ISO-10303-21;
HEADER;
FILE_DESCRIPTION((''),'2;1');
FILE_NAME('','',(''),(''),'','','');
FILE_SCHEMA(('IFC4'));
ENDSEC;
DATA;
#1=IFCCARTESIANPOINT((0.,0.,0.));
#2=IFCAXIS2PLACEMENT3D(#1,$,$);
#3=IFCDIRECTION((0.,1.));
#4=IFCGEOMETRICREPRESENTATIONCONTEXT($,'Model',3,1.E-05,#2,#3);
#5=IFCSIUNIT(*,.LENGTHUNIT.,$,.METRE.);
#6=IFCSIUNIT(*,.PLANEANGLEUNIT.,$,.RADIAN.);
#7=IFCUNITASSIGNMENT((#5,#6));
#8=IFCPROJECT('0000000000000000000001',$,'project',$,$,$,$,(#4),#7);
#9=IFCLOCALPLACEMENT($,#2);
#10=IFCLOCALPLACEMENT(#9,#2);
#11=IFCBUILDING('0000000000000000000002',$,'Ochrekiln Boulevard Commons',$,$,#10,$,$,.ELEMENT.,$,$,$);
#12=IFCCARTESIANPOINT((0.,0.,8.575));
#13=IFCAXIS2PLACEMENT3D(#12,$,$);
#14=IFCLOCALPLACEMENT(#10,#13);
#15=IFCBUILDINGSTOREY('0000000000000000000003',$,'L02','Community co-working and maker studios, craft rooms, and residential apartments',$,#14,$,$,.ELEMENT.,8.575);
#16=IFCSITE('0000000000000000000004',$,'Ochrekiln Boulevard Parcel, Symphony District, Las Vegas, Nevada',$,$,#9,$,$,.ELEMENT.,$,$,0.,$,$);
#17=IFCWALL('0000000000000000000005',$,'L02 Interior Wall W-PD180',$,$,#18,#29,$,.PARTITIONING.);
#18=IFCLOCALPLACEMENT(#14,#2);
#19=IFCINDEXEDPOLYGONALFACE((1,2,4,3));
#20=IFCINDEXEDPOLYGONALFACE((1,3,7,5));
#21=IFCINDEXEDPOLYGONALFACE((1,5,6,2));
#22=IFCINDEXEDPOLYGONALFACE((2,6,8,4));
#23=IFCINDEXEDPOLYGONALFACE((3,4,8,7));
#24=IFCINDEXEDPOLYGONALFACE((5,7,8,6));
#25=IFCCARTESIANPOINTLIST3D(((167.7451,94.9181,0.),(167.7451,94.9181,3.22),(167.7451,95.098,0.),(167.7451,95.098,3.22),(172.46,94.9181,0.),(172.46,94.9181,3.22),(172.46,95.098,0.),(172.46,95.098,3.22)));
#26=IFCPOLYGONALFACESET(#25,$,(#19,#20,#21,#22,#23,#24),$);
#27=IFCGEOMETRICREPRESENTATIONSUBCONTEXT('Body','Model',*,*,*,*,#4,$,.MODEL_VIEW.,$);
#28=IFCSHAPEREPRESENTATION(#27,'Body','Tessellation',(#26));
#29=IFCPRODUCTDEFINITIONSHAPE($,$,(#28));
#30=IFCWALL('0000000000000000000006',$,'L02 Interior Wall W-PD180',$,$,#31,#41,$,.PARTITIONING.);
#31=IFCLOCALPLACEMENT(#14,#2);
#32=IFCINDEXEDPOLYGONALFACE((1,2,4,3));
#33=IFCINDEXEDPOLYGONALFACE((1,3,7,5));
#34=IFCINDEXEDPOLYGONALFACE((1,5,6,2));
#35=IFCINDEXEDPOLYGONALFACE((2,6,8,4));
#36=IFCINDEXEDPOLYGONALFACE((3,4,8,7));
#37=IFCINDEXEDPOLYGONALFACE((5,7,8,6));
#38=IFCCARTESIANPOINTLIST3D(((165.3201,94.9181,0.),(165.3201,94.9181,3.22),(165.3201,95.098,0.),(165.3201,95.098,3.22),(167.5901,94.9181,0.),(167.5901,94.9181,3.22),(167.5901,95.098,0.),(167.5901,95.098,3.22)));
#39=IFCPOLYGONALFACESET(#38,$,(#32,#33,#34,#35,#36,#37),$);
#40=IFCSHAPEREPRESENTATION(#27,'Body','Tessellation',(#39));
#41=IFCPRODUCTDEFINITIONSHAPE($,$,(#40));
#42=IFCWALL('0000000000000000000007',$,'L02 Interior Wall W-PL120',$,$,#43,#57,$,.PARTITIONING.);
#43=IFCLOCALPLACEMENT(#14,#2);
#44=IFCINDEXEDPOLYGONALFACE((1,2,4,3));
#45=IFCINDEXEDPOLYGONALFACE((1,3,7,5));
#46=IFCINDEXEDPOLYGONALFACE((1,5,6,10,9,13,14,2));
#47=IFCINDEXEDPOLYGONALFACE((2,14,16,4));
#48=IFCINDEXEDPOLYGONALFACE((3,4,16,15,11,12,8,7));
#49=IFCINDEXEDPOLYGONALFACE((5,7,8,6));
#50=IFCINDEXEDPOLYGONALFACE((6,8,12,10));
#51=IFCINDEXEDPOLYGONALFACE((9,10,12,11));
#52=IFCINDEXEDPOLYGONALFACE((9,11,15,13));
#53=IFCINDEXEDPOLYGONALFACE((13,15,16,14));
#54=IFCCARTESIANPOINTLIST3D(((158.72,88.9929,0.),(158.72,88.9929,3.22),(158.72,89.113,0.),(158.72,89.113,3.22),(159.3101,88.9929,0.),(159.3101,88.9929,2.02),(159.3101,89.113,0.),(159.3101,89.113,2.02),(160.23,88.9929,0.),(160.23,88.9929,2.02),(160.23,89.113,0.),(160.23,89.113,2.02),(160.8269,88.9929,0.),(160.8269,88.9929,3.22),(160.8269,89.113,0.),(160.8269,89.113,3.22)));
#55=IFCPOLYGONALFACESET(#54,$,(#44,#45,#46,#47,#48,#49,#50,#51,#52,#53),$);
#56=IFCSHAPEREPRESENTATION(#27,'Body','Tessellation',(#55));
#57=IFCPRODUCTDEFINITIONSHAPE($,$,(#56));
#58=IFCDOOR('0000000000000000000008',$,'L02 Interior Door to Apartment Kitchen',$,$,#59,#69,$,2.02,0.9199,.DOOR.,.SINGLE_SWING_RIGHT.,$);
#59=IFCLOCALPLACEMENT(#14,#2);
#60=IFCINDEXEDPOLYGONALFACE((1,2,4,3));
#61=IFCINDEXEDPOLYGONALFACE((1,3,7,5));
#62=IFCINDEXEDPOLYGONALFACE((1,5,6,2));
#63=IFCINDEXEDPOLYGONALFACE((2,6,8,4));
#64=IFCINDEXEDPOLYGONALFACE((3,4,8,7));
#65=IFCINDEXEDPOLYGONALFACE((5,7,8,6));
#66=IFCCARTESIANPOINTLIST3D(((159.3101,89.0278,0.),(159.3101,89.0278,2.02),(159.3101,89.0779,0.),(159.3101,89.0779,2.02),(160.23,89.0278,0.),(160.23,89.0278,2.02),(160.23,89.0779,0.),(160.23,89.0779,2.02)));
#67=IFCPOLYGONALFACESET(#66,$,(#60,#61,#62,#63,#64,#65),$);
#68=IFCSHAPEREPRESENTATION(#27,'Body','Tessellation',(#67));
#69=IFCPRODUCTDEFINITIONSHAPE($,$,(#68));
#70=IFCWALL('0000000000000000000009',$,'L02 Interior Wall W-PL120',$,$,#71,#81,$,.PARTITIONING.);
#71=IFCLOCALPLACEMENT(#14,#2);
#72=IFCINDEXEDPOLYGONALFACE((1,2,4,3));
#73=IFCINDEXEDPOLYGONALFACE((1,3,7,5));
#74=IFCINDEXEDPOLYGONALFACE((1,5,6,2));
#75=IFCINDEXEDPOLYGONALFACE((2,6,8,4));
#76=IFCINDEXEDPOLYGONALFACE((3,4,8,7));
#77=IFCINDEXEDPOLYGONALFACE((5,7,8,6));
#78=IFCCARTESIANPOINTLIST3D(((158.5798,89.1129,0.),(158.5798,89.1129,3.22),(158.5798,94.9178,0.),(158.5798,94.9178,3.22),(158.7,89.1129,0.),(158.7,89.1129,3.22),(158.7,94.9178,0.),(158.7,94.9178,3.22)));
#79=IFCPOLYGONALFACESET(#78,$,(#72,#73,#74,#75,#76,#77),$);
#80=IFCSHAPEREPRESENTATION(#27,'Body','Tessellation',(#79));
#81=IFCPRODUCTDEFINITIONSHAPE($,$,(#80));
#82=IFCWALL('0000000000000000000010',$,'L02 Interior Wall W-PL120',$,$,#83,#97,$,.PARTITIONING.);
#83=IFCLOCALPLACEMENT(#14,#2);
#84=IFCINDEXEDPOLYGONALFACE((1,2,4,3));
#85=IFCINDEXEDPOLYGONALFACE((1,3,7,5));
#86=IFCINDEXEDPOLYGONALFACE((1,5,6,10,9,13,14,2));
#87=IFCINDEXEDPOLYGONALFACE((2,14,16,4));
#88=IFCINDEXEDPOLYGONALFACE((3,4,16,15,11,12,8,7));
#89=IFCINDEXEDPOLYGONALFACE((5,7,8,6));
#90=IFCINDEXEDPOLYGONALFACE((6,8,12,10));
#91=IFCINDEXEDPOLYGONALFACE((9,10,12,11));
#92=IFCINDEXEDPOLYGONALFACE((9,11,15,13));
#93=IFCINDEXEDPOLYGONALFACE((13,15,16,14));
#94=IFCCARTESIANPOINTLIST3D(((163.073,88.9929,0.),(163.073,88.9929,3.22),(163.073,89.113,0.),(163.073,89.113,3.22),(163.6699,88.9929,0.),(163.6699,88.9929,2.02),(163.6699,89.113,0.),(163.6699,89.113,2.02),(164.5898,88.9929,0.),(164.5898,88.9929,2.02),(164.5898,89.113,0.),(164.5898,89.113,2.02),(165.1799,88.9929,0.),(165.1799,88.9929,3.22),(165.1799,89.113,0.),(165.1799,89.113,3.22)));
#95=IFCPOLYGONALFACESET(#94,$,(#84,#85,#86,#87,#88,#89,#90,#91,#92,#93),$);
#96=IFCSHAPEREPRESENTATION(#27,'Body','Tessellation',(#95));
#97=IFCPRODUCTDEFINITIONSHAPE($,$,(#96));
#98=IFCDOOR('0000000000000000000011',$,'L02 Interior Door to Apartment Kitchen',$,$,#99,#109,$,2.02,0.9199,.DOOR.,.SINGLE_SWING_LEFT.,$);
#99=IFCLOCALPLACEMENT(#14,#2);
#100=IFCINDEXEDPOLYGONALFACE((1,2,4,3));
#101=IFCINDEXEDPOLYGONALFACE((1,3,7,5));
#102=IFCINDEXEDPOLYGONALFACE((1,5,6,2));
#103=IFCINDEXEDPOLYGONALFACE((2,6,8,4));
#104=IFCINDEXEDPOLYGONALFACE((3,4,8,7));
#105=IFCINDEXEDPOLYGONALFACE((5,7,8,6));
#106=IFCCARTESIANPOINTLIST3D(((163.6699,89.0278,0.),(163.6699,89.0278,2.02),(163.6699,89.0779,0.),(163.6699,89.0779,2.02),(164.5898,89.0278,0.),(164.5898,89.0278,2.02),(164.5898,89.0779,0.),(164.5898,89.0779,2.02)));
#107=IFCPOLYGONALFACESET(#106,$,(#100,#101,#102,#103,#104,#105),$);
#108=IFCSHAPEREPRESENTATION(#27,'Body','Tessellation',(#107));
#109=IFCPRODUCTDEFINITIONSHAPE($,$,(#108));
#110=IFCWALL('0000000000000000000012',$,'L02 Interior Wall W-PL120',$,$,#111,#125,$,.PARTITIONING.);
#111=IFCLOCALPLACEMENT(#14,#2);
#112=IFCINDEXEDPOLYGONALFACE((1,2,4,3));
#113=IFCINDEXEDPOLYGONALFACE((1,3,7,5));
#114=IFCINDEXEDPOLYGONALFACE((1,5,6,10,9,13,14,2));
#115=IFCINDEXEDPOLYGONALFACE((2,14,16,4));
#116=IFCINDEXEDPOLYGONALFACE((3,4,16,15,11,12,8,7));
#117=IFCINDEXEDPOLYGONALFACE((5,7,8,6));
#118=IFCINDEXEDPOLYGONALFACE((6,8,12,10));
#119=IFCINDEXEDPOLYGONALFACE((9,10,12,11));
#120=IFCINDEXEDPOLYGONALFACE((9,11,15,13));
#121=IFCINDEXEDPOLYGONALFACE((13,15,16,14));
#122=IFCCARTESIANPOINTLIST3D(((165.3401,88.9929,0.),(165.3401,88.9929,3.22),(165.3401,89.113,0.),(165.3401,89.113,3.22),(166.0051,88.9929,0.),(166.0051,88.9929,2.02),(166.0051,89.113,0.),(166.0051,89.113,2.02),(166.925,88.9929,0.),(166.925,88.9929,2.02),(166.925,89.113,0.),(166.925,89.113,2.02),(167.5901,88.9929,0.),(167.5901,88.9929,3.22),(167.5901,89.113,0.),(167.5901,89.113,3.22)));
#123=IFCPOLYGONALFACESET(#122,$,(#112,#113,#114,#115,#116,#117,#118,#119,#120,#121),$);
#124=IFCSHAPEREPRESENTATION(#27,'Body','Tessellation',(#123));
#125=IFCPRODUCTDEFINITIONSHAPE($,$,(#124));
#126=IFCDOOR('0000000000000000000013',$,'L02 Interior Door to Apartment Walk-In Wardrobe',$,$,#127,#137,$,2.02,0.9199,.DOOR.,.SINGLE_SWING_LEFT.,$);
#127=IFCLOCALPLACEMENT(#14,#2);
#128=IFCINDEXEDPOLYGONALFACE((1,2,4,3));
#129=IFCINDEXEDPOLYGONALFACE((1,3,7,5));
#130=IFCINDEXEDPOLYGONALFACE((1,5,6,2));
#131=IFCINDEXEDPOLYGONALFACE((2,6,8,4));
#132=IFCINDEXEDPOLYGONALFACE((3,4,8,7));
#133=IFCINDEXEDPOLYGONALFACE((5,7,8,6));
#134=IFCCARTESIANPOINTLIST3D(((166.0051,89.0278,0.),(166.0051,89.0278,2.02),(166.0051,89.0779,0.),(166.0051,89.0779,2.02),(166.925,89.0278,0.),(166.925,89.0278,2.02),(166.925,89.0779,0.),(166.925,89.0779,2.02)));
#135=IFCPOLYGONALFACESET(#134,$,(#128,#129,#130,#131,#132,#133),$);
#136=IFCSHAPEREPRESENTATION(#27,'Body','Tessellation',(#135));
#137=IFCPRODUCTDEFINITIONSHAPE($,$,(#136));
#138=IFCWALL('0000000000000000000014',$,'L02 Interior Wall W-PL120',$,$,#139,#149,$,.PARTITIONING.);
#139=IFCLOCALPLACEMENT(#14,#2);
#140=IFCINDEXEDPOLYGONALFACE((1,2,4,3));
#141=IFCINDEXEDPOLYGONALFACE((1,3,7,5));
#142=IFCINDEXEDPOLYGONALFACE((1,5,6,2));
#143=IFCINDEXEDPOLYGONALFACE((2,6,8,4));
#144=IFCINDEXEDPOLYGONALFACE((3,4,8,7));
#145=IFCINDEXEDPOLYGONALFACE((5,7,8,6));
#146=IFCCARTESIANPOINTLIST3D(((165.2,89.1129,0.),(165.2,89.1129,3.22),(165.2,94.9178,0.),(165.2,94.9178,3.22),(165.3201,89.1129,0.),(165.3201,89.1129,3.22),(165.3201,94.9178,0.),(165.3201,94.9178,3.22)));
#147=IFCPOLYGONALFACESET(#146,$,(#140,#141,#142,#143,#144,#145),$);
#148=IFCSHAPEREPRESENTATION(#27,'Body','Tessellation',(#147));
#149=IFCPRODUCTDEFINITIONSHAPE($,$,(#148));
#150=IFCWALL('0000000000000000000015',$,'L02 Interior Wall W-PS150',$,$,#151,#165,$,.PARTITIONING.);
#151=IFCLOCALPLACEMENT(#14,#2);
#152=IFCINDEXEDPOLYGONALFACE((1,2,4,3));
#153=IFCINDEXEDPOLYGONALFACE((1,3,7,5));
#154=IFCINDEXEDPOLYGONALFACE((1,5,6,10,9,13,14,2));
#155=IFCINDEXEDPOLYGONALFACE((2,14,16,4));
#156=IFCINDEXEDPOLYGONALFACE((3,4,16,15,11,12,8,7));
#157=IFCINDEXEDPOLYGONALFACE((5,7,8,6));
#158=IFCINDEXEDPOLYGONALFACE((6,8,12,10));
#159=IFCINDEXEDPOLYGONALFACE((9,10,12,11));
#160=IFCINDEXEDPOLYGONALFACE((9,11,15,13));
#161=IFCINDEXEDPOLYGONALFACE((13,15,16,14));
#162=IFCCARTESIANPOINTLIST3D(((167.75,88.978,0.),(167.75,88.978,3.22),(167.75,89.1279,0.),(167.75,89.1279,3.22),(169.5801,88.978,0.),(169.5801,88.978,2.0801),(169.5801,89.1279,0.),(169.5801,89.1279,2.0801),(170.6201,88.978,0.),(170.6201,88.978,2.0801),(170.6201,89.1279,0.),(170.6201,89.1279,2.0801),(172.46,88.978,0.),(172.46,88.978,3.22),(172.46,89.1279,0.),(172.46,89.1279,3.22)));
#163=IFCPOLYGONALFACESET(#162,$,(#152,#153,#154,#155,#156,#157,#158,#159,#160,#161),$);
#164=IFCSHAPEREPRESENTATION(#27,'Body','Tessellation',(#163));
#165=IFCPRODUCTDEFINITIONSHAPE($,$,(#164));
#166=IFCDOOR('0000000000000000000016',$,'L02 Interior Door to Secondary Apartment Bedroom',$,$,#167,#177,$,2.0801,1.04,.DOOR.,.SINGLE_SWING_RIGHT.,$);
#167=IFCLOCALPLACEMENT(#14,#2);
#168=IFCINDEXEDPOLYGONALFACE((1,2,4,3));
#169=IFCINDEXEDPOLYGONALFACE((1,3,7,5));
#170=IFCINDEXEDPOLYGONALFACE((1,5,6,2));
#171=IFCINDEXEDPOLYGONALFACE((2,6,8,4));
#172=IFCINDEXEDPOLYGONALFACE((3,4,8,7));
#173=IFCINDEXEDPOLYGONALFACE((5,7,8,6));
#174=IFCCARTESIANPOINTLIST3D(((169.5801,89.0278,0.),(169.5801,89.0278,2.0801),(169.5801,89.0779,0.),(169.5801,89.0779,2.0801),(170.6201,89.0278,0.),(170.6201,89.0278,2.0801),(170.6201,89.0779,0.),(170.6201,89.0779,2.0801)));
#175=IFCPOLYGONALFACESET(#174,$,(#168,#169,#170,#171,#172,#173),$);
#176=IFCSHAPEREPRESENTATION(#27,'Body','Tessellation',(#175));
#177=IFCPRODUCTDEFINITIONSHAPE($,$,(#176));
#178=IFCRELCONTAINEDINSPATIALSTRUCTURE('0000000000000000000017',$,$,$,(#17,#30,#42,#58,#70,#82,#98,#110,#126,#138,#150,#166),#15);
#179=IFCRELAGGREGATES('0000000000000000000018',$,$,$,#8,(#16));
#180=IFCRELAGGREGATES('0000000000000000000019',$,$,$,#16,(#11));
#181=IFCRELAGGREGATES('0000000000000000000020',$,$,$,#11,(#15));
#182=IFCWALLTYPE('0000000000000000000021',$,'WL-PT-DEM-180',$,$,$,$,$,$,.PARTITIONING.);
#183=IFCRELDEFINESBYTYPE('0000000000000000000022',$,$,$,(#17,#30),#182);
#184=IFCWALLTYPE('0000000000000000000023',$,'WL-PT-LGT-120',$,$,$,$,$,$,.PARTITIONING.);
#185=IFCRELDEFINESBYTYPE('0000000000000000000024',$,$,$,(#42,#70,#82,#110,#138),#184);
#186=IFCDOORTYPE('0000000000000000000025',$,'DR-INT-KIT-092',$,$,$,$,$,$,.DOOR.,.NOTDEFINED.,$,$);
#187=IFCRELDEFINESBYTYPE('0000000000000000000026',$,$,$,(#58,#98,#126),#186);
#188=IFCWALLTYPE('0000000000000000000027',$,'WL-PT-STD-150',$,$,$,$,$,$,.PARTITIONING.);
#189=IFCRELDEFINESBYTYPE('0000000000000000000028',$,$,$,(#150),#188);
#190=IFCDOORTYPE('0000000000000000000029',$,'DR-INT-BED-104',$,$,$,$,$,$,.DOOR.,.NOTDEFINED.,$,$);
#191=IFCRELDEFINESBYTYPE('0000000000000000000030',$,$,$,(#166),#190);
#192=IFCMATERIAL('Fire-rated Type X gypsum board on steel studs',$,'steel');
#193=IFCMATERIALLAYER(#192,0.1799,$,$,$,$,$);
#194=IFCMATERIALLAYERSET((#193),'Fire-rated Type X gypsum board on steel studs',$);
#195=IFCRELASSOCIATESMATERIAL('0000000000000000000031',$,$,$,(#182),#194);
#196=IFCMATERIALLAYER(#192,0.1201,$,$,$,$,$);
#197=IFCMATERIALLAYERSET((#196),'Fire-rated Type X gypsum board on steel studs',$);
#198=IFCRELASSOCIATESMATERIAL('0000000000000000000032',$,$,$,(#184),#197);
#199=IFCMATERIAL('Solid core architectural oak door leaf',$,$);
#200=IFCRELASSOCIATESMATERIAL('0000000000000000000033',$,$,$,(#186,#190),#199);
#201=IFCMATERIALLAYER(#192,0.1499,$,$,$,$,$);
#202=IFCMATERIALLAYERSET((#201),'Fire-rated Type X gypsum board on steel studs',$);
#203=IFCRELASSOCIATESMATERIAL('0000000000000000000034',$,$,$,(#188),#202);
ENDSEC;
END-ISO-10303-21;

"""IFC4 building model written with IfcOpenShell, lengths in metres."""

from ifc_helpers import new_model, si_unit, direction, frame, frame_2d, origin, place, context, subcontext, project, spatial, rectangle, extrude, material, layer, layer_set, type_object, element, fill, save


model = new_model("IFC4")

# Units and contexts
model_context = context("Model", 3, precision=1e-05, world=origin(), true_north=direction((0.0, 1.0)))
body_context = subcontext(model_context, "Body", "Model", "MODEL_VIEW")
ifc_project = project(units=[si_unit("LENGTHUNIT", "METRE"), si_unit("PLANEANGLEUNIT", "RADIAN")], contexts=[model_context])

# Site, building, storey
site_placement = place(None, origin())
site = spatial("IfcSite", under=ifc_project, at=site_placement, Name="Ochrekiln Boulevard Parcel, Symphony District, Las Vegas, Nevada", CompositionType="ELEMENT", RefElevation=0.0)
building_placement = place(site_placement, origin())
building = spatial("IfcBuilding", under=site, at=building_placement, Name="Ochrekiln Boulevard Commons", CompositionType="ELEMENT")
storey_placement = place(building_placement, frame((0.0, 0.0, 8.575)))
storey = spatial("IfcBuildingStorey", under=building, at=storey_placement, Name="L02", Description="Community co-working and maker studios, craft rooms, and residential apartments", CompositionType="ELEMENT", Elevation=8.575)

# Walls
ifc_material_1 = material(Name="Fire-rated Type X gypsum board on steel studs", Category="steel")
ifc_layer_1 = layer(ifc_material_1, 0.1799)
ifc_layer_set_1 = layer_set([ifc_layer_1], Name="Fire-rated Type X gypsum board on steel studs")
wall_type_1 = type_object("IfcWallType", Name="WL-PT-DEM-180", PredefinedType="PARTITIONING", material=ifc_layer_set_1)
wall_1_placement = place(storey_placement, frame((167.7451, 95.0081, 0.0), z_axis=(0.0, 0.0, 1.0), x_axis=(1.0, 0.0, 0.0)))
element("IfcWall", 1, at=wall_1_placement, inside=storey, type_object=wall_type_1, Name="L02 Interior Wall W-PD180", PredefinedType="PARTITIONING", context=body_context, shape_type="SweptSolid", body=[
    extrude(rectangle(XDim=4.7148, YDim=0.1799, at=frame_2d((2.3574, 0.0))), origin(), (0.0, 0.0, 1.0), 3.22),
])
wall_2_placement = place(storey_placement, frame((165.3201, 95.0081, 0.0), z_axis=(0.0, 0.0, 1.0), x_axis=(1.0, 0.0, 0.0)))
element("IfcWall", 2, at=wall_2_placement, inside=storey, type_object=wall_type_1, Name="L02 Interior Wall W-PD180", PredefinedType="PARTITIONING", context=body_context, shape_type="SweptSolid", body=[
    extrude(rectangle(XDim=2.27, YDim=0.1799, at=frame_2d((1.135, 0.0))), origin(), (0.0, 0.0, 1.0), 3.22),
])

# Wall, opening, door
ifc_layer_2 = layer(ifc_material_1, 0.1201)
ifc_layer_set_2 = layer_set([ifc_layer_2], Name="Fire-rated Type X gypsum board on steel studs")
wall_type_2 = type_object("IfcWallType", Name="WL-PT-LGT-120", PredefinedType="PARTITIONING", material=ifc_layer_set_2)
wall_3_placement = place(storey_placement, frame((158.72, 89.053, 0.0), z_axis=(0.0, 0.0, 1.0), x_axis=(1.0, 0.0, 0.0)))
wall_3 = element("IfcWall", 3, at=wall_3_placement, inside=storey, type_object=wall_type_2, Name="L02 Interior Wall W-PL120", PredefinedType="PARTITIONING", context=body_context, shape_type="SweptSolid", body=[
    extrude(rectangle(XDim=2.1069, YDim=0.1201, at=frame_2d((1.0535, 0.0))), origin(), (0.0, 0.0, 1.0), 3.22),
])
opening_1_placement = place(wall_3_placement, frame((0.5901, 0.0, 0.0)))
opening_1 = element("IfcOpeningElement", 4, at=opening_1_placement, cuts=wall_3, PredefinedType="OPENING", context=body_context, shape_type="SweptSolid", body=[
    extrude(rectangle(XDim=0.9199, YDim=2.02, at=frame_2d((0.46, 1.01))), frame((0.0, 0.0701, 0.0), z_axis=(0.0, -1.0, 0.0), x_axis=(1.0, 0.0, 0.0)), (0.0, 0.0, 1.0), 0.1401),
])
ifc_material_2 = material(Name="Solid core architectural oak door leaf")
door_type_1 = type_object("IfcDoorType", Name="DR-INT-KIT-092", OperationType="NOTDEFINED", PredefinedType="DOOR", material=ifc_material_2)
door_1_placement = place(opening_1_placement, origin())
door_1 = element("IfcDoor", 5, at=door_1_placement, inside=storey, type_object=door_type_1, Name="L02 Interior Door to Apartment Kitchen", OperationType="SINGLE_SWING_RIGHT", OverallHeight=2.02, OverallWidth=0.9199, PredefinedType="DOOR", context=body_context, shape_type="SweptSolid", body=[
    extrude(rectangle(XDim=0.9199, YDim=2.02, at=frame_2d((0.46, 1.01))), frame((0.0, 0.0249, 0.0), z_axis=(0.0, -1.0, 0.0), x_axis=(1.0, 0.0, 0.0)), (0.0, 0.0, 1.0), 0.05),
])
fill(opening_1, door_1)

# Wall
wall_4_placement = place(storey_placement, frame((158.6399, 89.113, 0.0), z_axis=(0.0, 0.0, 1.0), x_axis=(0.0, 1.0, 0.0)))
element("IfcWall", 6, at=wall_4_placement, inside=storey, type_object=wall_type_2, Name="L02 Interior Wall W-PL120", PredefinedType="PARTITIONING", context=body_context, shape_type="SweptSolid", body=[
    extrude(rectangle(XDim=5.8049, YDim=0.1201, at=frame_2d((2.9023, 0.0))), origin(), (0.0, 0.0, 1.0), 3.22),
])

# Walls, openings, doors
wall_5_placement = place(storey_placement, frame((163.073, 89.053, 0.0), z_axis=(0.0, 0.0, 1.0), x_axis=(1.0, 0.0, 0.0)))
wall_5 = element("IfcWall", 7, at=wall_5_placement, inside=storey, type_object=wall_type_2, Name="L02 Interior Wall W-PL120", PredefinedType="PARTITIONING", context=body_context, shape_type="SweptSolid", body=[
    extrude(rectangle(XDim=2.1069, YDim=0.1201, at=frame_2d((1.0535, 0.0))), origin(), (0.0, 0.0, 1.0), 3.22),
])
opening_2_placement = place(wall_5_placement, frame((0.5969, 0.0, 0.0)))
opening_2 = element("IfcOpeningElement", 8, at=opening_2_placement, cuts=wall_5, PredefinedType="OPENING", context=body_context, shape_type="SweptSolid", body=[
    extrude(rectangle(XDim=0.9199, YDim=2.02, at=frame_2d((0.46, 1.01))), frame((0.0, 0.0701, 0.0), z_axis=(0.0, -1.0, 0.0), x_axis=(1.0, 0.0, 0.0)), (0.0, 0.0, 1.0), 0.1401),
])
door_2_placement = place(opening_2_placement, origin())
door_2 = element("IfcDoor", 9, at=door_2_placement, inside=storey, type_object=door_type_1, Name="L02 Interior Door to Apartment Kitchen", OperationType="SINGLE_SWING_LEFT", OverallHeight=2.02, OverallWidth=0.9199, PredefinedType="DOOR", context=body_context, shape_type="SweptSolid", body=[
    extrude(rectangle(XDim=0.9199, YDim=2.02, at=frame_2d((0.46, 1.01))), frame((0.0, 0.0249, 0.0), z_axis=(0.0, -1.0, 0.0), x_axis=(1.0, 0.0, 0.0)), (0.0, 0.0, 1.0), 0.05),
])
fill(opening_2, door_2)
wall_6_placement = place(storey_placement, frame((165.3401, 89.053, 0.0), z_axis=(0.0, 0.0, 1.0), x_axis=(1.0, 0.0, 0.0)))
wall_6 = element("IfcWall", 10, at=wall_6_placement, inside=storey, type_object=wall_type_2, Name="L02 Interior Wall W-PL120", PredefinedType="PARTITIONING", context=body_context, shape_type="SweptSolid", body=[
    extrude(rectangle(XDim=2.25, YDim=0.1201, at=frame_2d((1.125, 0.0))), origin(), (0.0, 0.0, 1.0), 3.22),
])
opening_3_placement = place(wall_6_placement, frame((0.665, 0.0, 0.0)))
opening_3 = element("IfcOpeningElement", 11, at=opening_3_placement, cuts=wall_6, PredefinedType="OPENING", context=body_context, shape_type="SweptSolid", body=[
    extrude(rectangle(XDim=0.9199, YDim=2.02, at=frame_2d((0.46, 1.01))), frame((0.0, 0.0701, 0.0), z_axis=(0.0, -1.0, 0.0), x_axis=(1.0, 0.0, 0.0)), (0.0, 0.0, 1.0), 0.1401),
])
door_3_placement = place(opening_3_placement, origin())
door_3 = element("IfcDoor", 12, at=door_3_placement, inside=storey, type_object=door_type_1, Name="L02 Interior Door to Apartment Walk-In Wardrobe", OperationType="SINGLE_SWING_LEFT", OverallHeight=2.02, OverallWidth=0.9199, PredefinedType="DOOR", context=body_context, shape_type="SweptSolid", body=[
    extrude(rectangle(XDim=0.9199, YDim=2.02, at=frame_2d((0.46, 1.01))), frame((0.0, 0.0249, 0.0), z_axis=(0.0, -1.0, 0.0), x_axis=(1.0, 0.0, 0.0)), (0.0, 0.0, 1.0), 0.05),
])
fill(opening_3, door_3)

# Wall
wall_7_placement = place(storey_placement, frame((165.26, 89.113, 0.0), z_axis=(0.0, 0.0, 1.0), x_axis=(0.0, 1.0, 0.0)))
element("IfcWall", 13, at=wall_7_placement, inside=storey, type_object=wall_type_2, Name="L02 Interior Wall W-PL120", PredefinedType="PARTITIONING", context=body_context, shape_type="SweptSolid", body=[
    extrude(rectangle(XDim=5.8049, YDim=0.1201, at=frame_2d((2.9023, 0.0))), origin(), (0.0, 0.0, 1.0), 3.22),
])

# Wall, opening, door
ifc_layer_3 = layer(ifc_material_1, 0.1499)
ifc_layer_set_3 = layer_set([ifc_layer_3], Name="Fire-rated Type X gypsum board on steel studs")
wall_type_3 = type_object("IfcWallType", Name="WL-PT-STD-150", PredefinedType="PARTITIONING", material=ifc_layer_set_3)
wall_8_placement = place(storey_placement, frame((167.75, 89.053, 0.0), z_axis=(0.0, 0.0, 1.0), x_axis=(1.0, 0.0, 0.0)))
wall_8 = element("IfcWall", 14, at=wall_8_placement, inside=storey, type_object=wall_type_3, Name="L02 Interior Wall W-PS150", PredefinedType="PARTITIONING", context=body_context, shape_type="SweptSolid", body=[
    extrude(rectangle(XDim=4.71, YDim=0.1499, at=frame_2d((2.355, 0.0))), origin(), (0.0, 0.0, 1.0), 3.22),
])
opening_4_placement = place(wall_8_placement, frame((1.8301, 0.0, 0.0)))
opening_4 = element("IfcOpeningElement", 15, at=opening_4_placement, cuts=wall_8, PredefinedType="OPENING", context=body_context, shape_type="SweptSolid", body=[
    extrude(rectangle(XDim=1.04, YDim=2.0801, at=frame_2d((0.52, 1.04))), frame((0.0, 0.085, 0.0), z_axis=(0.0, -1.0, 0.0), x_axis=(1.0, 0.0, 0.0)), (0.0, 0.0, 1.0), 0.1699),
])
door_type_2 = type_object("IfcDoorType", Name="DR-INT-BED-104", OperationType="NOTDEFINED", PredefinedType="DOOR", material=ifc_material_2)
door_4_placement = place(opening_4_placement, origin())
door_4 = element("IfcDoor", 16, at=door_4_placement, inside=storey, type_object=door_type_2, Name="L02 Interior Door to Secondary Apartment Bedroom", OperationType="SINGLE_SWING_RIGHT", OverallHeight=2.0801, OverallWidth=1.04, PredefinedType="DOOR", context=body_context, shape_type="SweptSolid", body=[
    extrude(rectangle(XDim=1.04, YDim=2.0801, at=frame_2d((0.52, 1.04))), frame((0.0, 0.0249, 0.0), z_axis=(0.0, -1.0, 0.0), x_axis=(1.0, 0.0, 0.0)), (0.0, 0.0, 1.0), 0.05),
])
fill(opening_4, door_4)

save(model, "model.ifc")
